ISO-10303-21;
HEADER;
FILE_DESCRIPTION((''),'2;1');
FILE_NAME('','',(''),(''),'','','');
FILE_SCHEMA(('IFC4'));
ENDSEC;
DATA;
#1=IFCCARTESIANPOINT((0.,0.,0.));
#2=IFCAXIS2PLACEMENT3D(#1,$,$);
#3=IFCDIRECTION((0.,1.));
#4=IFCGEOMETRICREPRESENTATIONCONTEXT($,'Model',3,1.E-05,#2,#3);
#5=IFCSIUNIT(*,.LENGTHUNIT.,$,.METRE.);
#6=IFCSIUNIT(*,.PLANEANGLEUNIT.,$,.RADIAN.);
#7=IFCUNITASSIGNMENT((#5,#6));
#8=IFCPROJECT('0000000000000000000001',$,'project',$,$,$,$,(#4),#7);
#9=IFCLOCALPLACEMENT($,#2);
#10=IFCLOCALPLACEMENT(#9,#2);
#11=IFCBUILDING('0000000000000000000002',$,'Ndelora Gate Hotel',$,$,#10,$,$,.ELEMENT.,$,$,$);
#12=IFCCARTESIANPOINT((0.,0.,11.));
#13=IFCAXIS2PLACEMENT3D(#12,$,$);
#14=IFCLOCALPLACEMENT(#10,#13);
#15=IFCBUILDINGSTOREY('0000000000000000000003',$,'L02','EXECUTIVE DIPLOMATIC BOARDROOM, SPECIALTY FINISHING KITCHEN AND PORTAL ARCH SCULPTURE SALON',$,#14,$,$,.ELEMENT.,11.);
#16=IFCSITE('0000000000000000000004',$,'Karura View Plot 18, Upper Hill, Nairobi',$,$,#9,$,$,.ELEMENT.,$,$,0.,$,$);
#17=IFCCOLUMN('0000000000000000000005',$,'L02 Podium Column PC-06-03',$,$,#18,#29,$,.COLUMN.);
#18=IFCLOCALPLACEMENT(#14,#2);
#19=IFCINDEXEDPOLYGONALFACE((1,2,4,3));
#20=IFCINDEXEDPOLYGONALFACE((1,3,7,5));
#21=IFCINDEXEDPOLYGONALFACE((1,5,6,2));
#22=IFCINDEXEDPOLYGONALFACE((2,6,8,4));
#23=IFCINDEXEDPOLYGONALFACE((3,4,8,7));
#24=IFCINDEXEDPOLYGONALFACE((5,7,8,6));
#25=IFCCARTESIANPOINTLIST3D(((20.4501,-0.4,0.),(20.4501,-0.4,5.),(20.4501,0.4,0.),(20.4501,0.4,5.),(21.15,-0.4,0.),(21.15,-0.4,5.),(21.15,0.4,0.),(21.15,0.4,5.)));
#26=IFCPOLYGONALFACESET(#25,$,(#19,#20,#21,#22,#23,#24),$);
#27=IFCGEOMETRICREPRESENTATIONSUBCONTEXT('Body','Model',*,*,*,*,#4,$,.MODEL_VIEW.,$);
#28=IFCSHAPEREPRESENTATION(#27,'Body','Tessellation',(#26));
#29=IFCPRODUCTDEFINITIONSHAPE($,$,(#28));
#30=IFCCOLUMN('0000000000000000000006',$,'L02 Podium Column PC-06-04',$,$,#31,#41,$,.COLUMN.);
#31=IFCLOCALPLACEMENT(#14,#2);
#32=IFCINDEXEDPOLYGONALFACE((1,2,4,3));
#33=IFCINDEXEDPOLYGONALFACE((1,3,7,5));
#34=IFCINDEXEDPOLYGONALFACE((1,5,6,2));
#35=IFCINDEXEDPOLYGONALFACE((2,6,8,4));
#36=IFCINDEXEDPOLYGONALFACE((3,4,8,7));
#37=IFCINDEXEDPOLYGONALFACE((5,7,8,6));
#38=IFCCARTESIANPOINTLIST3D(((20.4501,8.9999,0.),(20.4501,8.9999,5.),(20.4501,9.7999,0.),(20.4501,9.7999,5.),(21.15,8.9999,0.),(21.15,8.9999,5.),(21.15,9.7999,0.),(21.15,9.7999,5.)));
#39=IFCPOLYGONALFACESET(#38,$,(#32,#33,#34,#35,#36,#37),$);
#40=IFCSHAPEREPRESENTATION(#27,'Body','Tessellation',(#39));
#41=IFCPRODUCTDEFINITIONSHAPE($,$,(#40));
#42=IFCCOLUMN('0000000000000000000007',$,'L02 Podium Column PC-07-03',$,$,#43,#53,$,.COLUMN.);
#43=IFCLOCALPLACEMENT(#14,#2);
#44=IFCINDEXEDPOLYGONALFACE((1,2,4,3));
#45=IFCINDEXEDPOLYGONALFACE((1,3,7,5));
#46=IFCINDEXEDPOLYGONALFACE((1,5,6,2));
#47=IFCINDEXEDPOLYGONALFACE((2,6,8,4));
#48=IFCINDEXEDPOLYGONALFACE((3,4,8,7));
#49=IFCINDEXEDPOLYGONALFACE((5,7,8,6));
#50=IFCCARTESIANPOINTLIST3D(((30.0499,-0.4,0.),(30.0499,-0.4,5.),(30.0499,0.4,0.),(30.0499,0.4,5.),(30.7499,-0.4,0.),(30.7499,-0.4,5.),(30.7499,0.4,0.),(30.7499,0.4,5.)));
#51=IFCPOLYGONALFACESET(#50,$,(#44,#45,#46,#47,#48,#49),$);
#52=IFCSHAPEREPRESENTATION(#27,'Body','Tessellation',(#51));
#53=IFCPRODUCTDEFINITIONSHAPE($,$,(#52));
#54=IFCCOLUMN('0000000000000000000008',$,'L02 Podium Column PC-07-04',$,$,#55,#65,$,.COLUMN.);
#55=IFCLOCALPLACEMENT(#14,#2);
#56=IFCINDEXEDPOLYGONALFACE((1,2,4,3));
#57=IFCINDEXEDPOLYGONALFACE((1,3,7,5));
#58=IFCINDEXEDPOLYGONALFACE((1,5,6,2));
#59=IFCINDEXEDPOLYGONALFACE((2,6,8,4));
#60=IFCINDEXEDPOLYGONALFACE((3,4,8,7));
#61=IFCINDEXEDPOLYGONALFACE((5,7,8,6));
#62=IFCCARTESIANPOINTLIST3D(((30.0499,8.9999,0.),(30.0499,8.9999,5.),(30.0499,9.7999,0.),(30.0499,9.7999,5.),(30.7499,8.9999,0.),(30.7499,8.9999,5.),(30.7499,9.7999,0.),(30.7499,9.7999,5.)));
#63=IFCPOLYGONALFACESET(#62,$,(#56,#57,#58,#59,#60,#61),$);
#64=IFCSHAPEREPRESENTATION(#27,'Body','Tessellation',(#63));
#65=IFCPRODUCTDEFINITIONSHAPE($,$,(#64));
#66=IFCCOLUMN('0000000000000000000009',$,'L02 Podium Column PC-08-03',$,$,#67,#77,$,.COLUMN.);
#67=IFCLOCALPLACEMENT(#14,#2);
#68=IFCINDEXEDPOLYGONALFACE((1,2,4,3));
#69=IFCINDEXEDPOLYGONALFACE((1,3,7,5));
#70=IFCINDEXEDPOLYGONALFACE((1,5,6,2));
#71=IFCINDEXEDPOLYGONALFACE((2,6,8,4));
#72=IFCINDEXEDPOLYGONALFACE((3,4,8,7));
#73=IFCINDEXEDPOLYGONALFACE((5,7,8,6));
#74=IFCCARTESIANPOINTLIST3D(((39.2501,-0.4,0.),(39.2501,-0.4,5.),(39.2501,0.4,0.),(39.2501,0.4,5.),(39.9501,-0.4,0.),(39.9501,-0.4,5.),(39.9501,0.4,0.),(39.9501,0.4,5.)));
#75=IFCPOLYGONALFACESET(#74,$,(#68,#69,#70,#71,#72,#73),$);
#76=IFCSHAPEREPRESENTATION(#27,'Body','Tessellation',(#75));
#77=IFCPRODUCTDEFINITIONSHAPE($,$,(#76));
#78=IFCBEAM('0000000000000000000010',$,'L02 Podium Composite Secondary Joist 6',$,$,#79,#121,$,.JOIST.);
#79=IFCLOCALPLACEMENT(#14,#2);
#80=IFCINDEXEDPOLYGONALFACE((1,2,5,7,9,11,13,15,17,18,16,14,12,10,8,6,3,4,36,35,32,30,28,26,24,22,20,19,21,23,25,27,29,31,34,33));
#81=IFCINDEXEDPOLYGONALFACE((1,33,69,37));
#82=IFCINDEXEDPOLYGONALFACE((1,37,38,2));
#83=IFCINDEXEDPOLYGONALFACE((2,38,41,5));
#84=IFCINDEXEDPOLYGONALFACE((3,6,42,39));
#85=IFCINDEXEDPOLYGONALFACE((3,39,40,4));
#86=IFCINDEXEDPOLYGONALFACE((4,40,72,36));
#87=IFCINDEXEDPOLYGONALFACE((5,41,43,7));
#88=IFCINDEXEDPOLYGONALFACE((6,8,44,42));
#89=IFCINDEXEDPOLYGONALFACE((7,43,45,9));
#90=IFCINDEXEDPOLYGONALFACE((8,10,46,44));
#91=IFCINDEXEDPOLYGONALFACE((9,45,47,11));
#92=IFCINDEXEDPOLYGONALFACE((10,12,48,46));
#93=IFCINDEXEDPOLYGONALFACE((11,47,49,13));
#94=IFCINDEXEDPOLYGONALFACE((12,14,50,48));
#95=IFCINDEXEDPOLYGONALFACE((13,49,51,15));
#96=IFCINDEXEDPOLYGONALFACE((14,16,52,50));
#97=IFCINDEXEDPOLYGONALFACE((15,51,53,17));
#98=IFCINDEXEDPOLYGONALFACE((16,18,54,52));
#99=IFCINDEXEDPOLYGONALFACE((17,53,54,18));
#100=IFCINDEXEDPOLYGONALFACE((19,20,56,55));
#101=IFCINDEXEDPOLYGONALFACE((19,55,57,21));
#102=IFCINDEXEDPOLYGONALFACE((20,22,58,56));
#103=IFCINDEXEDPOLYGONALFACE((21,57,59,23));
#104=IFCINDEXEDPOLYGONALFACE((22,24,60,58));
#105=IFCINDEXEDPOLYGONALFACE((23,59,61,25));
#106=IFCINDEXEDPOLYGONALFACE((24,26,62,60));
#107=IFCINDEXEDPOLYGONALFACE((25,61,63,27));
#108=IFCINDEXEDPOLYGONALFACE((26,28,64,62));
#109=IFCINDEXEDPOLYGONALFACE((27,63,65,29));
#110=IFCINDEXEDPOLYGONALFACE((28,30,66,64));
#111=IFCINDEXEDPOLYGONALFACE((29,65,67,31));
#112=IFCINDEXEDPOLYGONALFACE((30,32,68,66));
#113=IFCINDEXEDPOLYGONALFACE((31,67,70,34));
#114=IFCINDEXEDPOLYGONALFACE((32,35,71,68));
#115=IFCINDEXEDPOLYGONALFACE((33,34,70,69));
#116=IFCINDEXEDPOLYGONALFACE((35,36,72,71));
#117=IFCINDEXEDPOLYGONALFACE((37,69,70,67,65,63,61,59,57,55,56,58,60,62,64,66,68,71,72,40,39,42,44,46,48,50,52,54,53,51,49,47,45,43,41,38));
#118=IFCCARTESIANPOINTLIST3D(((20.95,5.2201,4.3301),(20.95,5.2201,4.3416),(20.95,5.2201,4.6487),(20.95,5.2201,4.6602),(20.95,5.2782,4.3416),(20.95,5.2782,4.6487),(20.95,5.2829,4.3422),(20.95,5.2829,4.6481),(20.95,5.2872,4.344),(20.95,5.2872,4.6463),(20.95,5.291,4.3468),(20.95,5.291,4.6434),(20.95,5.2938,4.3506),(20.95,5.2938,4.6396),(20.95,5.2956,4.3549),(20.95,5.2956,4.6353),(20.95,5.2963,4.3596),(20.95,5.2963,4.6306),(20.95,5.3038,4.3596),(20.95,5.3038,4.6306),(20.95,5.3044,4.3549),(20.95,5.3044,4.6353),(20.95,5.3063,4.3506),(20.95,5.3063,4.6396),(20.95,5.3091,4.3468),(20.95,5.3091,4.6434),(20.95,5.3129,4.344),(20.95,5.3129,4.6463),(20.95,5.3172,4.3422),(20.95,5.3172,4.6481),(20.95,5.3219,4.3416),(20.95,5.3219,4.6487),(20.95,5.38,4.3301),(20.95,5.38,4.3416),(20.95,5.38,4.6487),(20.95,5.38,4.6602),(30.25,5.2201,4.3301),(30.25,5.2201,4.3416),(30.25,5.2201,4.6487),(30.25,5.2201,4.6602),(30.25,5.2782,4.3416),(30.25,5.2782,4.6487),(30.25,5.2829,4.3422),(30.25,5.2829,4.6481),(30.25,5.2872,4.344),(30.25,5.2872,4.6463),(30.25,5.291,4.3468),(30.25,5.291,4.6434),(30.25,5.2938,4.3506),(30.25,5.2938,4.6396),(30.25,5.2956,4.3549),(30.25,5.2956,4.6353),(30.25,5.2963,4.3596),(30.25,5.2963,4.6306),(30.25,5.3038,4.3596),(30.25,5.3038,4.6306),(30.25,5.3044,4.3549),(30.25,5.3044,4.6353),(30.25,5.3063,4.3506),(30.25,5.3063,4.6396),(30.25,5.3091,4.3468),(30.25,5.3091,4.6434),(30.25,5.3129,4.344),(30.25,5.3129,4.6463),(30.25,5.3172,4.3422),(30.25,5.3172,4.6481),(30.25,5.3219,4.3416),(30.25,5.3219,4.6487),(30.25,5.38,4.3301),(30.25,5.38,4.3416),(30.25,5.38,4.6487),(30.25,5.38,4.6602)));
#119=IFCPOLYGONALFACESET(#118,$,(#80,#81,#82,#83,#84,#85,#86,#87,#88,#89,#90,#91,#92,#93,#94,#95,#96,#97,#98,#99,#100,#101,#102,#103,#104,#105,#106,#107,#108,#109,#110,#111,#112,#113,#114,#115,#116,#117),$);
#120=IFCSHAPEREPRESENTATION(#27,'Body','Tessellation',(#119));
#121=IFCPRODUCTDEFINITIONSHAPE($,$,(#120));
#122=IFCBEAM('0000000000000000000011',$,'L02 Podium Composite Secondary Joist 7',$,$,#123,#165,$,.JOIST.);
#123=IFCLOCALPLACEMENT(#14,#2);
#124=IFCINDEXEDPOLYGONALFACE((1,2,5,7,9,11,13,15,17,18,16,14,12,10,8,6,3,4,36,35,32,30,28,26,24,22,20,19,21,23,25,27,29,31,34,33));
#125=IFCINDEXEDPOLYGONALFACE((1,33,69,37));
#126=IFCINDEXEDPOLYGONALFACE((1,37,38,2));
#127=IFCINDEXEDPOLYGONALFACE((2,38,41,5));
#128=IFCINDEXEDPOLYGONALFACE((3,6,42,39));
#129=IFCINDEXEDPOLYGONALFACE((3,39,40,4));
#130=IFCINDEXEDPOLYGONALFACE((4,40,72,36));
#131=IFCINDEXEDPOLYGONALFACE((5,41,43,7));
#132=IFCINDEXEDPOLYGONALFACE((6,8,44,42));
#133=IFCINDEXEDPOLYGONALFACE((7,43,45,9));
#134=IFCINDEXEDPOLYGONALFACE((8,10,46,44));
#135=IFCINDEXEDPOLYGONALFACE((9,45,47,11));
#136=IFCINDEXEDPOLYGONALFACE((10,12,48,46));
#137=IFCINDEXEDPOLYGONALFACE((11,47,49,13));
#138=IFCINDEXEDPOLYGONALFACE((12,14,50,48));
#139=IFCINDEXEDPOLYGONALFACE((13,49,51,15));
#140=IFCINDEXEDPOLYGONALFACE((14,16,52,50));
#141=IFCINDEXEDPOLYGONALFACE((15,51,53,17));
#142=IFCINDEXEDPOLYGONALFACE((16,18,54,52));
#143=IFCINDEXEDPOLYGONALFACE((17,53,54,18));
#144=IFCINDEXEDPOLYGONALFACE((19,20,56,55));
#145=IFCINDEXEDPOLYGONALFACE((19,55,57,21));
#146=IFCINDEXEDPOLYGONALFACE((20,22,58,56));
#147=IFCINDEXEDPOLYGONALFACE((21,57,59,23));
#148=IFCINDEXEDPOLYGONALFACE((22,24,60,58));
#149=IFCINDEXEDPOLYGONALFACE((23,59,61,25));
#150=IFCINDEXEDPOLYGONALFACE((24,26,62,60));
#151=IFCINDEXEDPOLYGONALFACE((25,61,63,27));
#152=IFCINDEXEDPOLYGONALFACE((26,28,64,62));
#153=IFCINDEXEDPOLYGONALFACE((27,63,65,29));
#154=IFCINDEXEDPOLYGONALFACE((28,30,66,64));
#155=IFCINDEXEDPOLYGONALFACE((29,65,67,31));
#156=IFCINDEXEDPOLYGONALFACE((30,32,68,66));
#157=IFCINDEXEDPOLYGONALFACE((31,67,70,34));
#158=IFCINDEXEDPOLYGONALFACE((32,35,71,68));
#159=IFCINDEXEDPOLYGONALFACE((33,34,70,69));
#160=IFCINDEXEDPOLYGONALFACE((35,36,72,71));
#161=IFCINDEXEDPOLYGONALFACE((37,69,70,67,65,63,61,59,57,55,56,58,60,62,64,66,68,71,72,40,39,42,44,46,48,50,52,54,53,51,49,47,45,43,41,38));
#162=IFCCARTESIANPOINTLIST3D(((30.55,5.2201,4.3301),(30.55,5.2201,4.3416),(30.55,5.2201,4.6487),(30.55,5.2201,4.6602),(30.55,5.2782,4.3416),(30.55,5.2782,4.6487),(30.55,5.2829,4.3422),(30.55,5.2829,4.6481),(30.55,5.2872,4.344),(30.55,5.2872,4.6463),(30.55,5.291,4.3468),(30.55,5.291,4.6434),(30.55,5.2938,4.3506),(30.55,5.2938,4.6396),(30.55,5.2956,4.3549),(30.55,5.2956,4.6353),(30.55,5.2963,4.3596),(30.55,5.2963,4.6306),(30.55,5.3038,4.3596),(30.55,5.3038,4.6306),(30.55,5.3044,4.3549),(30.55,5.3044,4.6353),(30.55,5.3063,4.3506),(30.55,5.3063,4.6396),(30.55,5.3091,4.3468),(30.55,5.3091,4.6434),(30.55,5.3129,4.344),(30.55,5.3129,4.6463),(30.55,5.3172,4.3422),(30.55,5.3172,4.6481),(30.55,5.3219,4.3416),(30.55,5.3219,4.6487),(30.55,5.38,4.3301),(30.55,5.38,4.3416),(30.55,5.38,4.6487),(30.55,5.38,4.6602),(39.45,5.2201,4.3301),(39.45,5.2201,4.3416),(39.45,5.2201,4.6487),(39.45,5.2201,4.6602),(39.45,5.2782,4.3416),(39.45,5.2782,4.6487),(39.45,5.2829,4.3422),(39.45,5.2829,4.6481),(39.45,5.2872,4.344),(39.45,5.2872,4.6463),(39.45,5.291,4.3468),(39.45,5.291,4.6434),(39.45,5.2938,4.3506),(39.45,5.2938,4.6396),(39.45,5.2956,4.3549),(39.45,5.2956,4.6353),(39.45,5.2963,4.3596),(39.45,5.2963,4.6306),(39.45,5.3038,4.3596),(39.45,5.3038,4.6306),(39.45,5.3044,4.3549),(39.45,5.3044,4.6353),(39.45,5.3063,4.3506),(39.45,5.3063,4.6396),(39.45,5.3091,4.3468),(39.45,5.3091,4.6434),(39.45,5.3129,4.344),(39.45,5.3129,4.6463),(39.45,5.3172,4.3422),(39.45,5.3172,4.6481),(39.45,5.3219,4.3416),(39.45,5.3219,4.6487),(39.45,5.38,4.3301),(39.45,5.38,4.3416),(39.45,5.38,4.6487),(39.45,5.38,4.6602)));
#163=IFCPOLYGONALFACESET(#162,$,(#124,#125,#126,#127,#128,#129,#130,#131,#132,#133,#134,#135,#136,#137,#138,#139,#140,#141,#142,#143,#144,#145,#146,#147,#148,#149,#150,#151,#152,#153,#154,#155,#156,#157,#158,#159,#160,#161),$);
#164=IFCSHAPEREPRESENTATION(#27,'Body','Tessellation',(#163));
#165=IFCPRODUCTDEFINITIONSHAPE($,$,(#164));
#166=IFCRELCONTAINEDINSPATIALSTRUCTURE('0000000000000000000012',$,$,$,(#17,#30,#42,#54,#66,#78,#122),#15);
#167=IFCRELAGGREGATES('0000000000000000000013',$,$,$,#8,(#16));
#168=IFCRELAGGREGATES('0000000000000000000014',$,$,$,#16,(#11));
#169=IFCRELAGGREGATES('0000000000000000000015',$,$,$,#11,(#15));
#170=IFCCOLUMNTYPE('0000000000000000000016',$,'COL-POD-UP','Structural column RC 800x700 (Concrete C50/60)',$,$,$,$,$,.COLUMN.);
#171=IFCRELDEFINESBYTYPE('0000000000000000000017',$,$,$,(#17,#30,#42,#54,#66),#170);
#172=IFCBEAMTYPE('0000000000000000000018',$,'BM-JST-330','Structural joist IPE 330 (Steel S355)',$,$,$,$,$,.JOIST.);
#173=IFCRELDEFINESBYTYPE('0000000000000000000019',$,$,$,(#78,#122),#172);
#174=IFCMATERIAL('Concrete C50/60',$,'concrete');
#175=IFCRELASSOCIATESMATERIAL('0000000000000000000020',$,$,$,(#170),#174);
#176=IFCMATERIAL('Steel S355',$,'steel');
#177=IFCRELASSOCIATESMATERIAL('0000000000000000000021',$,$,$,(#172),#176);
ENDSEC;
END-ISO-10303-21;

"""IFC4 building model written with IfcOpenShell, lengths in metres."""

from ifc_helpers import new_model, si_unit, direction, frame, origin, origin_2d, place, context, subcontext, project, spatial, rectangle, i_section, extrude, material, material_profile, profile_set, type_object, element, save


model = new_model("IFC4")

# Units and contexts
model_context = context("Model", 3, precision=1e-05, world=origin(), true_north=direction((0.0, 1.0)))
body_context = subcontext(model_context, "Body", "Model", "MODEL_VIEW")
ifc_project = project(units=[si_unit("LENGTHUNIT", "METRE"), si_unit("PLANEANGLEUNIT", "RADIAN")], contexts=[model_context])

# Site, building, storey
site_placement = place(None, origin())
site = spatial("IfcSite", under=ifc_project, at=site_placement, Name="Karura View Plot 18, Upper Hill, Nairobi", CompositionType="ELEMENT", RefElevation=0.0)
building_placement = place(site_placement, origin())
building = spatial("IfcBuilding", under=site, at=building_placement, Name="Ndelora Gate Hotel", CompositionType="ELEMENT")
storey_placement = place(building_placement, frame((0.0, 0.0, 11.0)))
storey = spatial("IfcBuildingStorey", under=building, at=storey_placement, Name="L02", Description="EXECUTIVE DIPLOMATIC BOARDROOM, SPECIALTY FINISHING KITCHEN AND PORTAL ARCH SCULPTURE SALON", CompositionType="ELEMENT", Elevation=11.0)

# Columns
ifc_material_1 = material(Name="Concrete C50/60", Category="concrete")
ifc_material_profile_1 = material_profile(ifc_material_1, rectangle(XDim=0.7, YDim=0.8, at=origin_2d()), Name="RC 800x700")
ifc_profile_set_1 = profile_set([ifc_material_profile_1], Name="Concrete C50/60")
column_type = type_object("IfcColumnType", Name="COL-POD-UP", Description="Structural column RC 800x700 (Concrete C50/60)", PredefinedType="COLUMN", material=ifc_profile_set_1)
for number, where, z_axis, x_axis, name in (
    (1, (20.8, 0.0, 0.0), (0.0, 0.0, 1.0), (1.0, 0.0, 0.0), "L02 Podium Column PC-06-03"),
    (2, (20.8, 9.3999, 0.0), (0.0, 0.0, 1.0), (1.0, 0.0, 0.0), "L02 Podium Column PC-06-04"),
    (3, (30.3999, 0.0, 0.0), (0.0, 0.0, 1.0), (1.0, 0.0, 0.0), "L02 Podium Column PC-07-03"),
    (4, (30.3999, 9.3999, 0.0), (0.0, 0.0, 1.0), (1.0, 0.0, 0.0), "L02 Podium Column PC-07-04"),
    (5, (39.6001, 0.0, 0.0), (0.0, 0.0, 1.0), (1.0, 0.0, 0.0), "L02 Podium Column PC-08-03"),
):
    element("IfcColumn", number, at=place(storey_placement, frame(where, z_axis=z_axis, x_axis=x_axis)), inside=storey, type_object=column_type, Name=name, PredefinedType="COLUMN", context=body_context, shape_type="SweptSolid", body=[
        extrude(rectangle(XDim=0.7, YDim=0.8, at=origin_2d()), origin(), (0.0, 0.0, 1.0), 5.0),
    ])

# Beams
ifc_material_2 = material(Name="Steel S355", Category="steel")
ifc_material_profile_2 = material_profile(ifc_material_2, i_section(OverallWidth=0.1599, OverallDepth=0.3301, WebThickness=0.0076, FlangeThickness=0.0115, FilletRadius=0.0181, at=origin_2d()), Name="IPE 330")
ifc_profile_set_2 = profile_set([ifc_material_profile_2], Name="Steel S355")
beam_type_1 = type_object("IfcBeamType", Name="BM-JST-330", Description="Structural joist IPE 330 (Steel S355)", PredefinedType="JOIST", material=ifc_profile_set_2)
beam_1_placement = place(storey_placement, frame((20.95, 5.3, 4.4951), z_axis=(1.0, 0.0, 0.0), x_axis=(0.0, 1.0, 0.0)))
element("IfcBeam", 6, at=beam_1_placement, inside=storey, type_object=beam_type_1, Name="L02 Podium Composite Secondary Joist 6", PredefinedType="JOIST", context=body_context, shape_type="SweptSolid", body=[
    extrude(i_section(OverallWidth=0.1599, OverallDepth=0.3301, WebThickness=0.0076, FlangeThickness=0.0115, FilletRadius=0.0181, at=origin_2d()), origin(), (0.0, 0.0, 1.0), 9.3),
])
beam_2_placement = place(storey_placement, frame((30.55, 5.3, 4.4951), z_axis=(1.0, 0.0, 0.0), x_axis=(0.0, 1.0, 0.0)))
element("IfcBeam", 7, at=beam_2_placement, inside=storey, type_object=beam_type_1, Name="L02 Podium Composite Secondary Joist 7", PredefinedType="JOIST", context=body_context, shape_type="SweptSolid", body=[
    extrude(i_section(OverallWidth=0.1599, OverallDepth=0.3301, WebThickness=0.0076, FlangeThickness=0.0115, FilletRadius=0.0181, at=origin_2d()), origin(), (0.0, 0.0, 1.0), 8.8999),
])

save(model, "model.ifc")
